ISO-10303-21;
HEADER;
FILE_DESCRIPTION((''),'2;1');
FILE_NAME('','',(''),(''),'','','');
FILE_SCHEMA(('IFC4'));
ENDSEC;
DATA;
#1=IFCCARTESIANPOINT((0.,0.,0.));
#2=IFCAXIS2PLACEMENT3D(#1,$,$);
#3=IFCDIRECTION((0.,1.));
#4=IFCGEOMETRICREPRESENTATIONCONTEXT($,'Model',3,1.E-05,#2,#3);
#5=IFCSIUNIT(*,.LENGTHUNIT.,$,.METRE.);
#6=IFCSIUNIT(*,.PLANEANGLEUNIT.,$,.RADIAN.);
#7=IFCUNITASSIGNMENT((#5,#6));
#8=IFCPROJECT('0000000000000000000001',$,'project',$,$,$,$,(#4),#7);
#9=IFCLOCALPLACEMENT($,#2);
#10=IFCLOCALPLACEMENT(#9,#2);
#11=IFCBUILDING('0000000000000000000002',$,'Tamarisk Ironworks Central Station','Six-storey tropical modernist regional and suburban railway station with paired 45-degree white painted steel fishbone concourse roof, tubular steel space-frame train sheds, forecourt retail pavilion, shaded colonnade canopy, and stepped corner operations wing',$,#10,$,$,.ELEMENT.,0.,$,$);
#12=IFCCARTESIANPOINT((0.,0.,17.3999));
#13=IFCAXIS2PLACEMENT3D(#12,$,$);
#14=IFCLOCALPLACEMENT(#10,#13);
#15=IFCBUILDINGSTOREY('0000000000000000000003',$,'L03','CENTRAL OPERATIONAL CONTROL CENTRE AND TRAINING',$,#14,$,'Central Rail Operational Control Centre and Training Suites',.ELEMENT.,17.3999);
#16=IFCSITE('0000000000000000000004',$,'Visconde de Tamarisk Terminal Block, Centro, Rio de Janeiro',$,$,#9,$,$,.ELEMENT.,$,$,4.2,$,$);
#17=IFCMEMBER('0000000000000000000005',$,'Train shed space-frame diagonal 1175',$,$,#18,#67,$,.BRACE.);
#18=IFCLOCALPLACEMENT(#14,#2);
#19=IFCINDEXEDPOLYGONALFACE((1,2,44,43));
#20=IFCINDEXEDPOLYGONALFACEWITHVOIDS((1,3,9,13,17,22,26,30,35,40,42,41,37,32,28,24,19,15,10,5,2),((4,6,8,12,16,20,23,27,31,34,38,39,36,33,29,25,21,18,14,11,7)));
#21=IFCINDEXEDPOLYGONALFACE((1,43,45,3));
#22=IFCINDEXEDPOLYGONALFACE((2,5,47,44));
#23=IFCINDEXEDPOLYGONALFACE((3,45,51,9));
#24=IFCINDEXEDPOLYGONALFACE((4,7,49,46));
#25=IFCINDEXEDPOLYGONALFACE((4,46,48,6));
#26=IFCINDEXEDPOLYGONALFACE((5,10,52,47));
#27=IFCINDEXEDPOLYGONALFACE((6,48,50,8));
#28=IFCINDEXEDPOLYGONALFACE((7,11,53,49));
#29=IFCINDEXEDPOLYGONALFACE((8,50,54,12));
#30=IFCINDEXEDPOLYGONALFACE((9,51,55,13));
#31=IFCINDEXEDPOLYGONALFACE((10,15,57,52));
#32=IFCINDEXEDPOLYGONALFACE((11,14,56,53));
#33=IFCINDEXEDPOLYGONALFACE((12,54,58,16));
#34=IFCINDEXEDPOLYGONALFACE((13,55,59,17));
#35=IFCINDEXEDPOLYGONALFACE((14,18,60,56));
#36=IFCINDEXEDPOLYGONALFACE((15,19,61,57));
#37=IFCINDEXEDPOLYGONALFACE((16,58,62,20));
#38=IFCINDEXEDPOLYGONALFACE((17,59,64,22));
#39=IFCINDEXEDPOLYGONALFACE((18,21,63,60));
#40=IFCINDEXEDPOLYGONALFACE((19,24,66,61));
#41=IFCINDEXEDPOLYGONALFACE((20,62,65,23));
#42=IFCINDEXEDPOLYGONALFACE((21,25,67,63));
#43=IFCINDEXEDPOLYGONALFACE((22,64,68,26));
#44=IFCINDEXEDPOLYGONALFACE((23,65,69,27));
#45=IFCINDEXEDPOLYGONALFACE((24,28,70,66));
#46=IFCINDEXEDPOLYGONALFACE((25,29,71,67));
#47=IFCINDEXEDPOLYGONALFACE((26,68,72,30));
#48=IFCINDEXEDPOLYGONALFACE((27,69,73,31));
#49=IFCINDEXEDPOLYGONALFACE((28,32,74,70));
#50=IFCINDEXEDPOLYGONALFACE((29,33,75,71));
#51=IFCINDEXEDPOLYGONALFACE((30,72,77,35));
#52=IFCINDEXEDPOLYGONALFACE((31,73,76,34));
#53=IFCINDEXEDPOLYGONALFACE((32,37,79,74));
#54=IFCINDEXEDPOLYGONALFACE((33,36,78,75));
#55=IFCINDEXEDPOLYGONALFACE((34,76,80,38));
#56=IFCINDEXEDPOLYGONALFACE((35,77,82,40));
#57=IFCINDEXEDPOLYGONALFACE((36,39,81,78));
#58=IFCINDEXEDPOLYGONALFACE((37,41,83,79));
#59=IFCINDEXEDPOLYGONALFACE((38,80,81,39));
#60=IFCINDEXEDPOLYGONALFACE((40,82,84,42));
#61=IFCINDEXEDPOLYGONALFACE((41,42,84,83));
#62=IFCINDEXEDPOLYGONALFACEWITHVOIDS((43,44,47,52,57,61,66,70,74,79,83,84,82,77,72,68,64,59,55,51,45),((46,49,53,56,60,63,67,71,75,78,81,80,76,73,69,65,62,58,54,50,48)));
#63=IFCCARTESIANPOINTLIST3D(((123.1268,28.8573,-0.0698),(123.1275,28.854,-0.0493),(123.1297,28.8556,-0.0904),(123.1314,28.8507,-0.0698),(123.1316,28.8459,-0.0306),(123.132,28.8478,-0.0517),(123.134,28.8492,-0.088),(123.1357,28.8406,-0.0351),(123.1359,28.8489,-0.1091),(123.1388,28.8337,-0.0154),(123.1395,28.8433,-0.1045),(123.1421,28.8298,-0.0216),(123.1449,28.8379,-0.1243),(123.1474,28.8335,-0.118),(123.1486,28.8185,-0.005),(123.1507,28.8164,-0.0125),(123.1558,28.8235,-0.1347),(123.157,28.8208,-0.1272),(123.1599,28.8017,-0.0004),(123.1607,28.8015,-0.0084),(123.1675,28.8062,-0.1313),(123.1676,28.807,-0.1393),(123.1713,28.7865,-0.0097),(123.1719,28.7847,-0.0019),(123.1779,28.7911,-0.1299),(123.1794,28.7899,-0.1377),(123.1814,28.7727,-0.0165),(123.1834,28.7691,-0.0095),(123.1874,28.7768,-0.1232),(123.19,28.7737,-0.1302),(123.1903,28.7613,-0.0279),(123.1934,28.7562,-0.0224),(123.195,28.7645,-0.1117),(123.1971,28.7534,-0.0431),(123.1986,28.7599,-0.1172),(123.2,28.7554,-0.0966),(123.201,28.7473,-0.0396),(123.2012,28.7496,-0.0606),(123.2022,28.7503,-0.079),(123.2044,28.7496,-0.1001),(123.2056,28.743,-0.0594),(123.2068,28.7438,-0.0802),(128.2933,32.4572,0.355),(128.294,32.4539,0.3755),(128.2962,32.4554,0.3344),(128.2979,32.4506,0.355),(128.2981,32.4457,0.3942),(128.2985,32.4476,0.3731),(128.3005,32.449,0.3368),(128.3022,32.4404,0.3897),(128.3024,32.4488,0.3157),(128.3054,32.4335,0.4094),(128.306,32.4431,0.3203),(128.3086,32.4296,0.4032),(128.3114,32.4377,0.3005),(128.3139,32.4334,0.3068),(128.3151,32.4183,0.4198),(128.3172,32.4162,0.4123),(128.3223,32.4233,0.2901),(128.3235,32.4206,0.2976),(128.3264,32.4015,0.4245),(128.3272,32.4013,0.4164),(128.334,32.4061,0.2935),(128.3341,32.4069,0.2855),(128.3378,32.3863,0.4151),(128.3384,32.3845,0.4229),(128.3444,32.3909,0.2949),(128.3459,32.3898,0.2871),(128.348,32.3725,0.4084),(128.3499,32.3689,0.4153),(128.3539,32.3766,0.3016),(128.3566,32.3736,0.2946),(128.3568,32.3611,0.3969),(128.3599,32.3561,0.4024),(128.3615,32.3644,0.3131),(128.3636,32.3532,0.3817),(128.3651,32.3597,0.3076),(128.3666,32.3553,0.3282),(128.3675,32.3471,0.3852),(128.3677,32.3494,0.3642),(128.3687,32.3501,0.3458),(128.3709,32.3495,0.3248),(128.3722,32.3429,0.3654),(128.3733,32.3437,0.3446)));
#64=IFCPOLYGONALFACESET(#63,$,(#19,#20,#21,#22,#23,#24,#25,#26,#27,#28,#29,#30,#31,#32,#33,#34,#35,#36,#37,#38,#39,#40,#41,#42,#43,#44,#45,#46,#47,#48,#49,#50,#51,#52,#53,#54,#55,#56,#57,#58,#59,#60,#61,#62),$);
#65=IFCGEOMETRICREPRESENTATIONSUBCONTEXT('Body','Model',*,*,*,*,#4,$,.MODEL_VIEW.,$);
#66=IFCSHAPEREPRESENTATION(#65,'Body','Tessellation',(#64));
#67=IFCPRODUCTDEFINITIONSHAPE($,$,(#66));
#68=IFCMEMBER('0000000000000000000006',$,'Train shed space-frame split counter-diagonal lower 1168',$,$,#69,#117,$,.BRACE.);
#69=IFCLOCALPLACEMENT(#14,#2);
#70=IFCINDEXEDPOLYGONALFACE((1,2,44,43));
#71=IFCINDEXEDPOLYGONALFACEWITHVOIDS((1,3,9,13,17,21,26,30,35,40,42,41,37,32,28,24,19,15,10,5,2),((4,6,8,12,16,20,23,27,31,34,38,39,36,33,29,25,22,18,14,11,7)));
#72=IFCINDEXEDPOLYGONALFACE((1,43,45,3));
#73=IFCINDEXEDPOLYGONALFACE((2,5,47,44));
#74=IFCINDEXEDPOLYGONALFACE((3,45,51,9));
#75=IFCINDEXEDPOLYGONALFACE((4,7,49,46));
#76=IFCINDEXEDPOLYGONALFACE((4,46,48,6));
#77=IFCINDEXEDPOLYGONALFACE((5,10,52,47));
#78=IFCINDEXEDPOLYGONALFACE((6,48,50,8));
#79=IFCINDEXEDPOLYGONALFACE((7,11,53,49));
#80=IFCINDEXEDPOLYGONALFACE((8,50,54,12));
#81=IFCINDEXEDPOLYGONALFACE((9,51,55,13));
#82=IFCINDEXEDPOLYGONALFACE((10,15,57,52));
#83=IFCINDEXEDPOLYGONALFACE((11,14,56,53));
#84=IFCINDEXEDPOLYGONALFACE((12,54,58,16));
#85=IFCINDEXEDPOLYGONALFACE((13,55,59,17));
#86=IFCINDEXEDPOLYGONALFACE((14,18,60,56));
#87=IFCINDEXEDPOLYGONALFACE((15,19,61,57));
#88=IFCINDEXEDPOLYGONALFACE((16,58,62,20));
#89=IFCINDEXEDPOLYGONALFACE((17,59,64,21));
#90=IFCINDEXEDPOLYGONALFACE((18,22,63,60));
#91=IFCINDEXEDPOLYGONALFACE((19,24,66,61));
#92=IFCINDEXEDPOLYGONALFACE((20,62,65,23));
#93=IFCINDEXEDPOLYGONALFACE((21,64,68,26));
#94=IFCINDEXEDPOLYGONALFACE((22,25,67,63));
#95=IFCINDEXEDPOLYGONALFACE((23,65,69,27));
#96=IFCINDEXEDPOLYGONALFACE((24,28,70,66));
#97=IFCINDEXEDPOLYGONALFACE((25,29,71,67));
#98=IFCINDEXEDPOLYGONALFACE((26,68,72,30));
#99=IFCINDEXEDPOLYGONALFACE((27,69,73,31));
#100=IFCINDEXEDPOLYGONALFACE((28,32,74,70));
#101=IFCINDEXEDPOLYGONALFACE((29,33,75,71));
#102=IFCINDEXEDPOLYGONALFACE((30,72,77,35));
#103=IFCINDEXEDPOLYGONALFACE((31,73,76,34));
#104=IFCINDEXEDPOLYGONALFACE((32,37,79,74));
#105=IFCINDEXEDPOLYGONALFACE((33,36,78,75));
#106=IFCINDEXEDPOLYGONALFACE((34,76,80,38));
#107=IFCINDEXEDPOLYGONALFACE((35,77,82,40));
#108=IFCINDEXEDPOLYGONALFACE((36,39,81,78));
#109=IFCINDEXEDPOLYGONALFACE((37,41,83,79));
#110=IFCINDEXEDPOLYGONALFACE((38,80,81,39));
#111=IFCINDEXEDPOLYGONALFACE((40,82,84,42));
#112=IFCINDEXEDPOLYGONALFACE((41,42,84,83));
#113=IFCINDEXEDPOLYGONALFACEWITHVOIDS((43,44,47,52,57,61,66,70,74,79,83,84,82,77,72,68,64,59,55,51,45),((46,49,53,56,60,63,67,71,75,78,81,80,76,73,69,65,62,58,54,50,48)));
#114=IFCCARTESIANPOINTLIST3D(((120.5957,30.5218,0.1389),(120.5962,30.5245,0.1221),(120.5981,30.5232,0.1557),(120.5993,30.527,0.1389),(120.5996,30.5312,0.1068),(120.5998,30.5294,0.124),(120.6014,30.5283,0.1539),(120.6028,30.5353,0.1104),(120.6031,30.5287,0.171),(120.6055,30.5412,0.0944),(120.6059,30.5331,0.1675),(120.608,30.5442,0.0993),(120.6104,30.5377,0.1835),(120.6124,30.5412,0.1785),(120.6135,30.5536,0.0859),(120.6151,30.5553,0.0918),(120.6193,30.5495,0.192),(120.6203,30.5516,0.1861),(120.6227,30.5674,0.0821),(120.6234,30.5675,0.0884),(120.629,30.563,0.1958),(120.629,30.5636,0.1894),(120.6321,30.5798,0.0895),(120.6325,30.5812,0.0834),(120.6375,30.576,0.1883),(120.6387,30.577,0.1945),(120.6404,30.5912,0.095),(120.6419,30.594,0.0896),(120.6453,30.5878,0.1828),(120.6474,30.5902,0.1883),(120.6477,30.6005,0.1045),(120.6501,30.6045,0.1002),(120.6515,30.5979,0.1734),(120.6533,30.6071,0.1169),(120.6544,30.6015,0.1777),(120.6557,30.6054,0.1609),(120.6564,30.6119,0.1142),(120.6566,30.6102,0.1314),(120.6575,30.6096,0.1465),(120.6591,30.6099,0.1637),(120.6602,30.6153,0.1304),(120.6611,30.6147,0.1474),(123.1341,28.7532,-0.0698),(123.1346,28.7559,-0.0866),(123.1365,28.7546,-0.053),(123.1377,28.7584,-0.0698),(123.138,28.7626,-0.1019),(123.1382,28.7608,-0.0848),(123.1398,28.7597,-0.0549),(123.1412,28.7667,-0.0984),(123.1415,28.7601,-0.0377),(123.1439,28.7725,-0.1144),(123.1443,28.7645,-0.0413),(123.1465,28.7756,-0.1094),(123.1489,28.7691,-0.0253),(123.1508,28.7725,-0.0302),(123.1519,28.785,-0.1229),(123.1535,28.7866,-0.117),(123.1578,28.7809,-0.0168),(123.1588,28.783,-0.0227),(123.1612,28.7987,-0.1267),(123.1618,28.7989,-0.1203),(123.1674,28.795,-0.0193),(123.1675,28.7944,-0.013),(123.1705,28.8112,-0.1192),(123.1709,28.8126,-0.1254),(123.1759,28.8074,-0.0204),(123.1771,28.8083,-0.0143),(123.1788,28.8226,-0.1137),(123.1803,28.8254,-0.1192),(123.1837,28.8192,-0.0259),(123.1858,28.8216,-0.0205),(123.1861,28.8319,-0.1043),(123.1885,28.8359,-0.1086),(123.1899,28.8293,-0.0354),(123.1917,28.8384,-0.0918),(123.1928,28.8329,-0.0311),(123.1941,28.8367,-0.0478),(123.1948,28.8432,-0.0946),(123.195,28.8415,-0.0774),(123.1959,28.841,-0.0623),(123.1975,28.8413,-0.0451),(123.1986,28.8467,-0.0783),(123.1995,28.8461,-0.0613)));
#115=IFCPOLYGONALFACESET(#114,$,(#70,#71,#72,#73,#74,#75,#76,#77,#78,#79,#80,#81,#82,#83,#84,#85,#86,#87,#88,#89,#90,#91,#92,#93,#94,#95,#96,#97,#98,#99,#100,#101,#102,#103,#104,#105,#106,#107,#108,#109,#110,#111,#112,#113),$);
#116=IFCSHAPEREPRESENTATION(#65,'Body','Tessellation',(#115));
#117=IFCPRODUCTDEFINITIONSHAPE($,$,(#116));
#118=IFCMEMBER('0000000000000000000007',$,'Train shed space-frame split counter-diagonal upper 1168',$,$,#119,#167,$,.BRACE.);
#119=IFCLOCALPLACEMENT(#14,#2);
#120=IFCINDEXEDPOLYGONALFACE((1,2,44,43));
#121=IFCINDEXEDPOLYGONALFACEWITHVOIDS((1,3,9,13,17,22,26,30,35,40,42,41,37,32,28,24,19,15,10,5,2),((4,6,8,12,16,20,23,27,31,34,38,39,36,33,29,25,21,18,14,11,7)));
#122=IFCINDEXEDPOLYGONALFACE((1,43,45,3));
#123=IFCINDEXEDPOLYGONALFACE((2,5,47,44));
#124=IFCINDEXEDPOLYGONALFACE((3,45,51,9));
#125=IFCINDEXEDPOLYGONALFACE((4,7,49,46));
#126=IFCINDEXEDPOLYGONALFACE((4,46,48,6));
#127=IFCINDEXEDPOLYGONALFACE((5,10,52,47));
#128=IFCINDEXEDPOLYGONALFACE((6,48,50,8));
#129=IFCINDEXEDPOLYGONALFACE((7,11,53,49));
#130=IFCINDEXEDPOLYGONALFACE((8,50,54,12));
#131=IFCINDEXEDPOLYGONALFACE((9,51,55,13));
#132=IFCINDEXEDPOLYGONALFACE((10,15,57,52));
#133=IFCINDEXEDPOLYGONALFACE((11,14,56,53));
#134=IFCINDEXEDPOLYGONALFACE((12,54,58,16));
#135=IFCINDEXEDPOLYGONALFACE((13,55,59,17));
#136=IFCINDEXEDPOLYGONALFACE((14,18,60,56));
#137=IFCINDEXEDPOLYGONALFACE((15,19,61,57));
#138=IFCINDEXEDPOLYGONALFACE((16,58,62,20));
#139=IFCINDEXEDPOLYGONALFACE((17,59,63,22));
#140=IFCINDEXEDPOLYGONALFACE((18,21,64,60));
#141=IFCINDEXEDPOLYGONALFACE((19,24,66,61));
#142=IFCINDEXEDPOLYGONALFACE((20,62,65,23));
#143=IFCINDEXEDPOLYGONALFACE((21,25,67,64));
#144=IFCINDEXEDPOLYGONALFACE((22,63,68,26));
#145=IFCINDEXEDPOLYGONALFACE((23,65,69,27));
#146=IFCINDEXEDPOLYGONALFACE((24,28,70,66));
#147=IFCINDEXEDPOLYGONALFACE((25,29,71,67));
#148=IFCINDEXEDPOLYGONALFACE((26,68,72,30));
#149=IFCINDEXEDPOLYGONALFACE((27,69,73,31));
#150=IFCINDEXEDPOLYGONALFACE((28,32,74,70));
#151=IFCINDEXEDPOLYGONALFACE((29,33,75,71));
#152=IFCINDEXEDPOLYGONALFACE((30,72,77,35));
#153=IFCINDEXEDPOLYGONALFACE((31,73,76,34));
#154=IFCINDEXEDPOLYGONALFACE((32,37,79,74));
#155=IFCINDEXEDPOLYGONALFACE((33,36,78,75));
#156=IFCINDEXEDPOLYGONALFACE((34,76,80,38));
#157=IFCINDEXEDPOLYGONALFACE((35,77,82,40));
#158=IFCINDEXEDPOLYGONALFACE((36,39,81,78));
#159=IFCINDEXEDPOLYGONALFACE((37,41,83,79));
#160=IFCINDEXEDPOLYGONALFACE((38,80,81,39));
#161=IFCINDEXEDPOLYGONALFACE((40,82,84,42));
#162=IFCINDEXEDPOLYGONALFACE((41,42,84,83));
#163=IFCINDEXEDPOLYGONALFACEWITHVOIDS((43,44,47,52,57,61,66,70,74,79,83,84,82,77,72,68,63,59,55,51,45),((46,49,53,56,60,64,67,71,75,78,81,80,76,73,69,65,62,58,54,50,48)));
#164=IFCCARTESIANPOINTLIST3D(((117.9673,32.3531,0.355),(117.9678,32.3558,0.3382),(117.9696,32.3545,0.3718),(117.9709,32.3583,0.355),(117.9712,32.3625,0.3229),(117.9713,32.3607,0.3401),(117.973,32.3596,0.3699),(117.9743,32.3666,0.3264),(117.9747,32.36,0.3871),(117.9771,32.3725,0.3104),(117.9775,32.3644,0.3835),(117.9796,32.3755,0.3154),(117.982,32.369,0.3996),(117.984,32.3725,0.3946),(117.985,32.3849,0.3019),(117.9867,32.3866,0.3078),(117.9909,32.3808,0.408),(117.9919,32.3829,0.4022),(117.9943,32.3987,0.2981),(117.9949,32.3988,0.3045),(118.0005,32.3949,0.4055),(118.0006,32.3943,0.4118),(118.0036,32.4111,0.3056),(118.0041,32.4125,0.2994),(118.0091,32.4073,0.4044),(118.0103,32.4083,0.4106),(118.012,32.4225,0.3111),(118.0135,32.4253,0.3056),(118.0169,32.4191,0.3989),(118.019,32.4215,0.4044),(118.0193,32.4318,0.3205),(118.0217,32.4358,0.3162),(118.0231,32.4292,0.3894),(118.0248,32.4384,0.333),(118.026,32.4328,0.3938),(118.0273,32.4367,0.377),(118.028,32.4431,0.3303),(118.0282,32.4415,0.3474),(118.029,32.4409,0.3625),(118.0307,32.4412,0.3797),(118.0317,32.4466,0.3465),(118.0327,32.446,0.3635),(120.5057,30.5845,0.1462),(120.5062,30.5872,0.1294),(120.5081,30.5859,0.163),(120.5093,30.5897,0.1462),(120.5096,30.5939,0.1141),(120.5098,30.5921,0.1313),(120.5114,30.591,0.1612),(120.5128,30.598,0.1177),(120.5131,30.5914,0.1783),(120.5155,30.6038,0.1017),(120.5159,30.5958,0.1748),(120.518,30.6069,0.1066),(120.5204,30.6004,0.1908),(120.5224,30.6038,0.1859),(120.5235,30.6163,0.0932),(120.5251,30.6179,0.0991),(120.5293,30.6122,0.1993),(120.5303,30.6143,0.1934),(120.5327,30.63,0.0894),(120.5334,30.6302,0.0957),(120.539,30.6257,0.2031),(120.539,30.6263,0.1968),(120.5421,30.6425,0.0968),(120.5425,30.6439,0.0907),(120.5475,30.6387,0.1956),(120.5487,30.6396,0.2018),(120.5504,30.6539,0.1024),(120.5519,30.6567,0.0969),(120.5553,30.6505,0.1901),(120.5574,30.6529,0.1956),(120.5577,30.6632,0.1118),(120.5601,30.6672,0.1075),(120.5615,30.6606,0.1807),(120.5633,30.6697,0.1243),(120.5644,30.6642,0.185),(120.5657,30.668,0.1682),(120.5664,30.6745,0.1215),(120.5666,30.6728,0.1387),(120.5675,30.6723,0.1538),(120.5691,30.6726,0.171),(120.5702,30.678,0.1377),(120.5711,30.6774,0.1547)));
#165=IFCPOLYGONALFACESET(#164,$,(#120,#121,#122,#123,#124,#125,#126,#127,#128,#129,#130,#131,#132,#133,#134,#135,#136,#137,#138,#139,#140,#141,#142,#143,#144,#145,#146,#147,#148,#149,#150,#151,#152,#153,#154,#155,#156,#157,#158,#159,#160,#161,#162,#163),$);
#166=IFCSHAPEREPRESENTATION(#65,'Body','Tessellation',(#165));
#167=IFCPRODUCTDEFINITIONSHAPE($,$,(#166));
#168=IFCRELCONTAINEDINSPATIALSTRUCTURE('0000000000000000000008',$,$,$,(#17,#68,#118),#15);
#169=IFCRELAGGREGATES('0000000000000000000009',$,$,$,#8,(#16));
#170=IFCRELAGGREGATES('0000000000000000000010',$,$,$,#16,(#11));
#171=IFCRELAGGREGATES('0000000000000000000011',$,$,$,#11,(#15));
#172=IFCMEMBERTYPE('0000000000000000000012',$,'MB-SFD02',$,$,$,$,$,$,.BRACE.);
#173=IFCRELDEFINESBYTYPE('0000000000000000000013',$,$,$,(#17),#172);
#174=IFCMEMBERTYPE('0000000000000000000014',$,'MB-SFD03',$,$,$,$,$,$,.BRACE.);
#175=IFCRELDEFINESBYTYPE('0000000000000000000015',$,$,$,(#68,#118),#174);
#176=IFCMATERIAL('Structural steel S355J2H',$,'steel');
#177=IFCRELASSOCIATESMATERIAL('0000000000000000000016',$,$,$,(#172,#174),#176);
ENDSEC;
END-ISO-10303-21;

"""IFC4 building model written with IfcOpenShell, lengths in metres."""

from ifc_helpers import new_model, si_unit, direction, frame, origin, origin_2d, place, context, subcontext, project, spatial, hollow_circle, extrude, material, material_profile, profile_set, type_object, element, save


model = new_model("IFC4")

# Units and contexts
model_context = context("Model", 3, precision=1e-05, world=origin(), true_north=direction((0.0, 1.0)))
body_context = subcontext(model_context, "Body", "Model", "MODEL_VIEW")
ifc_project = project(units=[si_unit("LENGTHUNIT", "METRE"), si_unit("PLANEANGLEUNIT", "RADIAN")], contexts=[model_context])

# Site, building, storey
site_placement = place(None, origin())
site = spatial("IfcSite", under=ifc_project, at=site_placement, Name="Visconde de Tamarisk Terminal Block, Centro, Rio de Janeiro", CompositionType="ELEMENT", RefElevation=4.2)
building_placement = place(site_placement, origin())
building = spatial("IfcBuilding", under=site, at=building_placement, Name="Tamarisk Ironworks Central Station", Description="Six-storey tropical modernist regional and suburban railway station with paired 45-degree white painted steel fishbone concourse roof, tubular steel space-frame train sheds, forecourt retail pavilion, shaded colonnade canopy, and stepped corner operations wing", CompositionType="ELEMENT", ElevationOfRefHeight=0.0)
storey_placement = place(building_placement, frame((0.0, 0.0, 17.3999)))
storey = spatial("IfcBuildingStorey", under=building, at=storey_placement, Name="L03", Description="CENTRAL OPERATIONAL CONTROL CENTRE AND TRAINING", LongName="Central Rail Operational Control Centre and Training Suites", CompositionType="ELEMENT", Elevation=17.3999)

# Members
ifc_material_1 = material(Name="Structural steel S355J2H", Category="steel")
ifc_material_profile_1 = material_profile(ifc_material_1, hollow_circle(Radius=0.0698, WallThickness=0.0081, at=origin_2d()), Name="CHS 139.7x8")
ifc_profile_set_1 = profile_set([ifc_material_profile_1], Name="Structural steel S355J2H")
member_type_1 = type_object("IfcMemberType", Name="MB-SFD02", PredefinedType="BRACE", material=ifc_profile_set_1)
member_1_placement = place(storey_placement, frame((123.1667, 28.8, -0.0698), z_axis=(0.818615, 0.570385, 0.067309), x_axis=(-0.571681, 0.820476, 0.0)))
element("IfcMember", 1, at=member_1_placement, inside=storey, type_object=member_type_1, Name="Train shed space-frame diagonal 1175", PredefinedType="BRACE", context=body_context, shape_type="SweptSolid", body=[
    extrude(hollow_circle(Radius=0.0698, WallThickness=0.0081, at=origin_2d()), origin(), (0.0, 0.0, 1.0), 6.3113),
])
ifc_material_profile_2 = material_profile(ifc_material_1, hollow_circle(Radius=0.0571, WallThickness=0.0063, at=origin_2d()), Name="CHS 114.3x6.3")
ifc_profile_set_2 = profile_set([ifc_material_profile_2], Name="Structural steel S355J2H")
member_type_2 = type_object("IfcMemberType", Name="MB-SFD03", PredefinedType="BRACE", material=ifc_profile_set_2)
for number, where, z_axis, x_axis, name in (
    (2, (123.1667, 28.8, -0.0698), (-0.818625, 0.570369, 0.06732), (-0.571666, -0.820487, 0.0), "Train shed space-frame split counter-diagonal lower 1168"),
    (3, (120.5383, 30.6313, 0.1462), (-0.818625, 0.570369, 0.06732), (-0.571666, -0.820487, 0.0), "Train shed space-frame split counter-diagonal upper 1168"),
):
    element("IfcMember", number, at=place(storey_placement, frame(where, z_axis=z_axis, x_axis=x_axis)), inside=storey, type_object=member_type_2, Name=name, PredefinedType="BRACE", context=body_context, shape_type="SweptSolid", body=[
        extrude(hollow_circle(Radius=0.0571, WallThickness=0.0063, at=origin_2d()), origin(), (0.0, 0.0, 1.0), 3.1008),
    ])

save(model, "model.ifc")
